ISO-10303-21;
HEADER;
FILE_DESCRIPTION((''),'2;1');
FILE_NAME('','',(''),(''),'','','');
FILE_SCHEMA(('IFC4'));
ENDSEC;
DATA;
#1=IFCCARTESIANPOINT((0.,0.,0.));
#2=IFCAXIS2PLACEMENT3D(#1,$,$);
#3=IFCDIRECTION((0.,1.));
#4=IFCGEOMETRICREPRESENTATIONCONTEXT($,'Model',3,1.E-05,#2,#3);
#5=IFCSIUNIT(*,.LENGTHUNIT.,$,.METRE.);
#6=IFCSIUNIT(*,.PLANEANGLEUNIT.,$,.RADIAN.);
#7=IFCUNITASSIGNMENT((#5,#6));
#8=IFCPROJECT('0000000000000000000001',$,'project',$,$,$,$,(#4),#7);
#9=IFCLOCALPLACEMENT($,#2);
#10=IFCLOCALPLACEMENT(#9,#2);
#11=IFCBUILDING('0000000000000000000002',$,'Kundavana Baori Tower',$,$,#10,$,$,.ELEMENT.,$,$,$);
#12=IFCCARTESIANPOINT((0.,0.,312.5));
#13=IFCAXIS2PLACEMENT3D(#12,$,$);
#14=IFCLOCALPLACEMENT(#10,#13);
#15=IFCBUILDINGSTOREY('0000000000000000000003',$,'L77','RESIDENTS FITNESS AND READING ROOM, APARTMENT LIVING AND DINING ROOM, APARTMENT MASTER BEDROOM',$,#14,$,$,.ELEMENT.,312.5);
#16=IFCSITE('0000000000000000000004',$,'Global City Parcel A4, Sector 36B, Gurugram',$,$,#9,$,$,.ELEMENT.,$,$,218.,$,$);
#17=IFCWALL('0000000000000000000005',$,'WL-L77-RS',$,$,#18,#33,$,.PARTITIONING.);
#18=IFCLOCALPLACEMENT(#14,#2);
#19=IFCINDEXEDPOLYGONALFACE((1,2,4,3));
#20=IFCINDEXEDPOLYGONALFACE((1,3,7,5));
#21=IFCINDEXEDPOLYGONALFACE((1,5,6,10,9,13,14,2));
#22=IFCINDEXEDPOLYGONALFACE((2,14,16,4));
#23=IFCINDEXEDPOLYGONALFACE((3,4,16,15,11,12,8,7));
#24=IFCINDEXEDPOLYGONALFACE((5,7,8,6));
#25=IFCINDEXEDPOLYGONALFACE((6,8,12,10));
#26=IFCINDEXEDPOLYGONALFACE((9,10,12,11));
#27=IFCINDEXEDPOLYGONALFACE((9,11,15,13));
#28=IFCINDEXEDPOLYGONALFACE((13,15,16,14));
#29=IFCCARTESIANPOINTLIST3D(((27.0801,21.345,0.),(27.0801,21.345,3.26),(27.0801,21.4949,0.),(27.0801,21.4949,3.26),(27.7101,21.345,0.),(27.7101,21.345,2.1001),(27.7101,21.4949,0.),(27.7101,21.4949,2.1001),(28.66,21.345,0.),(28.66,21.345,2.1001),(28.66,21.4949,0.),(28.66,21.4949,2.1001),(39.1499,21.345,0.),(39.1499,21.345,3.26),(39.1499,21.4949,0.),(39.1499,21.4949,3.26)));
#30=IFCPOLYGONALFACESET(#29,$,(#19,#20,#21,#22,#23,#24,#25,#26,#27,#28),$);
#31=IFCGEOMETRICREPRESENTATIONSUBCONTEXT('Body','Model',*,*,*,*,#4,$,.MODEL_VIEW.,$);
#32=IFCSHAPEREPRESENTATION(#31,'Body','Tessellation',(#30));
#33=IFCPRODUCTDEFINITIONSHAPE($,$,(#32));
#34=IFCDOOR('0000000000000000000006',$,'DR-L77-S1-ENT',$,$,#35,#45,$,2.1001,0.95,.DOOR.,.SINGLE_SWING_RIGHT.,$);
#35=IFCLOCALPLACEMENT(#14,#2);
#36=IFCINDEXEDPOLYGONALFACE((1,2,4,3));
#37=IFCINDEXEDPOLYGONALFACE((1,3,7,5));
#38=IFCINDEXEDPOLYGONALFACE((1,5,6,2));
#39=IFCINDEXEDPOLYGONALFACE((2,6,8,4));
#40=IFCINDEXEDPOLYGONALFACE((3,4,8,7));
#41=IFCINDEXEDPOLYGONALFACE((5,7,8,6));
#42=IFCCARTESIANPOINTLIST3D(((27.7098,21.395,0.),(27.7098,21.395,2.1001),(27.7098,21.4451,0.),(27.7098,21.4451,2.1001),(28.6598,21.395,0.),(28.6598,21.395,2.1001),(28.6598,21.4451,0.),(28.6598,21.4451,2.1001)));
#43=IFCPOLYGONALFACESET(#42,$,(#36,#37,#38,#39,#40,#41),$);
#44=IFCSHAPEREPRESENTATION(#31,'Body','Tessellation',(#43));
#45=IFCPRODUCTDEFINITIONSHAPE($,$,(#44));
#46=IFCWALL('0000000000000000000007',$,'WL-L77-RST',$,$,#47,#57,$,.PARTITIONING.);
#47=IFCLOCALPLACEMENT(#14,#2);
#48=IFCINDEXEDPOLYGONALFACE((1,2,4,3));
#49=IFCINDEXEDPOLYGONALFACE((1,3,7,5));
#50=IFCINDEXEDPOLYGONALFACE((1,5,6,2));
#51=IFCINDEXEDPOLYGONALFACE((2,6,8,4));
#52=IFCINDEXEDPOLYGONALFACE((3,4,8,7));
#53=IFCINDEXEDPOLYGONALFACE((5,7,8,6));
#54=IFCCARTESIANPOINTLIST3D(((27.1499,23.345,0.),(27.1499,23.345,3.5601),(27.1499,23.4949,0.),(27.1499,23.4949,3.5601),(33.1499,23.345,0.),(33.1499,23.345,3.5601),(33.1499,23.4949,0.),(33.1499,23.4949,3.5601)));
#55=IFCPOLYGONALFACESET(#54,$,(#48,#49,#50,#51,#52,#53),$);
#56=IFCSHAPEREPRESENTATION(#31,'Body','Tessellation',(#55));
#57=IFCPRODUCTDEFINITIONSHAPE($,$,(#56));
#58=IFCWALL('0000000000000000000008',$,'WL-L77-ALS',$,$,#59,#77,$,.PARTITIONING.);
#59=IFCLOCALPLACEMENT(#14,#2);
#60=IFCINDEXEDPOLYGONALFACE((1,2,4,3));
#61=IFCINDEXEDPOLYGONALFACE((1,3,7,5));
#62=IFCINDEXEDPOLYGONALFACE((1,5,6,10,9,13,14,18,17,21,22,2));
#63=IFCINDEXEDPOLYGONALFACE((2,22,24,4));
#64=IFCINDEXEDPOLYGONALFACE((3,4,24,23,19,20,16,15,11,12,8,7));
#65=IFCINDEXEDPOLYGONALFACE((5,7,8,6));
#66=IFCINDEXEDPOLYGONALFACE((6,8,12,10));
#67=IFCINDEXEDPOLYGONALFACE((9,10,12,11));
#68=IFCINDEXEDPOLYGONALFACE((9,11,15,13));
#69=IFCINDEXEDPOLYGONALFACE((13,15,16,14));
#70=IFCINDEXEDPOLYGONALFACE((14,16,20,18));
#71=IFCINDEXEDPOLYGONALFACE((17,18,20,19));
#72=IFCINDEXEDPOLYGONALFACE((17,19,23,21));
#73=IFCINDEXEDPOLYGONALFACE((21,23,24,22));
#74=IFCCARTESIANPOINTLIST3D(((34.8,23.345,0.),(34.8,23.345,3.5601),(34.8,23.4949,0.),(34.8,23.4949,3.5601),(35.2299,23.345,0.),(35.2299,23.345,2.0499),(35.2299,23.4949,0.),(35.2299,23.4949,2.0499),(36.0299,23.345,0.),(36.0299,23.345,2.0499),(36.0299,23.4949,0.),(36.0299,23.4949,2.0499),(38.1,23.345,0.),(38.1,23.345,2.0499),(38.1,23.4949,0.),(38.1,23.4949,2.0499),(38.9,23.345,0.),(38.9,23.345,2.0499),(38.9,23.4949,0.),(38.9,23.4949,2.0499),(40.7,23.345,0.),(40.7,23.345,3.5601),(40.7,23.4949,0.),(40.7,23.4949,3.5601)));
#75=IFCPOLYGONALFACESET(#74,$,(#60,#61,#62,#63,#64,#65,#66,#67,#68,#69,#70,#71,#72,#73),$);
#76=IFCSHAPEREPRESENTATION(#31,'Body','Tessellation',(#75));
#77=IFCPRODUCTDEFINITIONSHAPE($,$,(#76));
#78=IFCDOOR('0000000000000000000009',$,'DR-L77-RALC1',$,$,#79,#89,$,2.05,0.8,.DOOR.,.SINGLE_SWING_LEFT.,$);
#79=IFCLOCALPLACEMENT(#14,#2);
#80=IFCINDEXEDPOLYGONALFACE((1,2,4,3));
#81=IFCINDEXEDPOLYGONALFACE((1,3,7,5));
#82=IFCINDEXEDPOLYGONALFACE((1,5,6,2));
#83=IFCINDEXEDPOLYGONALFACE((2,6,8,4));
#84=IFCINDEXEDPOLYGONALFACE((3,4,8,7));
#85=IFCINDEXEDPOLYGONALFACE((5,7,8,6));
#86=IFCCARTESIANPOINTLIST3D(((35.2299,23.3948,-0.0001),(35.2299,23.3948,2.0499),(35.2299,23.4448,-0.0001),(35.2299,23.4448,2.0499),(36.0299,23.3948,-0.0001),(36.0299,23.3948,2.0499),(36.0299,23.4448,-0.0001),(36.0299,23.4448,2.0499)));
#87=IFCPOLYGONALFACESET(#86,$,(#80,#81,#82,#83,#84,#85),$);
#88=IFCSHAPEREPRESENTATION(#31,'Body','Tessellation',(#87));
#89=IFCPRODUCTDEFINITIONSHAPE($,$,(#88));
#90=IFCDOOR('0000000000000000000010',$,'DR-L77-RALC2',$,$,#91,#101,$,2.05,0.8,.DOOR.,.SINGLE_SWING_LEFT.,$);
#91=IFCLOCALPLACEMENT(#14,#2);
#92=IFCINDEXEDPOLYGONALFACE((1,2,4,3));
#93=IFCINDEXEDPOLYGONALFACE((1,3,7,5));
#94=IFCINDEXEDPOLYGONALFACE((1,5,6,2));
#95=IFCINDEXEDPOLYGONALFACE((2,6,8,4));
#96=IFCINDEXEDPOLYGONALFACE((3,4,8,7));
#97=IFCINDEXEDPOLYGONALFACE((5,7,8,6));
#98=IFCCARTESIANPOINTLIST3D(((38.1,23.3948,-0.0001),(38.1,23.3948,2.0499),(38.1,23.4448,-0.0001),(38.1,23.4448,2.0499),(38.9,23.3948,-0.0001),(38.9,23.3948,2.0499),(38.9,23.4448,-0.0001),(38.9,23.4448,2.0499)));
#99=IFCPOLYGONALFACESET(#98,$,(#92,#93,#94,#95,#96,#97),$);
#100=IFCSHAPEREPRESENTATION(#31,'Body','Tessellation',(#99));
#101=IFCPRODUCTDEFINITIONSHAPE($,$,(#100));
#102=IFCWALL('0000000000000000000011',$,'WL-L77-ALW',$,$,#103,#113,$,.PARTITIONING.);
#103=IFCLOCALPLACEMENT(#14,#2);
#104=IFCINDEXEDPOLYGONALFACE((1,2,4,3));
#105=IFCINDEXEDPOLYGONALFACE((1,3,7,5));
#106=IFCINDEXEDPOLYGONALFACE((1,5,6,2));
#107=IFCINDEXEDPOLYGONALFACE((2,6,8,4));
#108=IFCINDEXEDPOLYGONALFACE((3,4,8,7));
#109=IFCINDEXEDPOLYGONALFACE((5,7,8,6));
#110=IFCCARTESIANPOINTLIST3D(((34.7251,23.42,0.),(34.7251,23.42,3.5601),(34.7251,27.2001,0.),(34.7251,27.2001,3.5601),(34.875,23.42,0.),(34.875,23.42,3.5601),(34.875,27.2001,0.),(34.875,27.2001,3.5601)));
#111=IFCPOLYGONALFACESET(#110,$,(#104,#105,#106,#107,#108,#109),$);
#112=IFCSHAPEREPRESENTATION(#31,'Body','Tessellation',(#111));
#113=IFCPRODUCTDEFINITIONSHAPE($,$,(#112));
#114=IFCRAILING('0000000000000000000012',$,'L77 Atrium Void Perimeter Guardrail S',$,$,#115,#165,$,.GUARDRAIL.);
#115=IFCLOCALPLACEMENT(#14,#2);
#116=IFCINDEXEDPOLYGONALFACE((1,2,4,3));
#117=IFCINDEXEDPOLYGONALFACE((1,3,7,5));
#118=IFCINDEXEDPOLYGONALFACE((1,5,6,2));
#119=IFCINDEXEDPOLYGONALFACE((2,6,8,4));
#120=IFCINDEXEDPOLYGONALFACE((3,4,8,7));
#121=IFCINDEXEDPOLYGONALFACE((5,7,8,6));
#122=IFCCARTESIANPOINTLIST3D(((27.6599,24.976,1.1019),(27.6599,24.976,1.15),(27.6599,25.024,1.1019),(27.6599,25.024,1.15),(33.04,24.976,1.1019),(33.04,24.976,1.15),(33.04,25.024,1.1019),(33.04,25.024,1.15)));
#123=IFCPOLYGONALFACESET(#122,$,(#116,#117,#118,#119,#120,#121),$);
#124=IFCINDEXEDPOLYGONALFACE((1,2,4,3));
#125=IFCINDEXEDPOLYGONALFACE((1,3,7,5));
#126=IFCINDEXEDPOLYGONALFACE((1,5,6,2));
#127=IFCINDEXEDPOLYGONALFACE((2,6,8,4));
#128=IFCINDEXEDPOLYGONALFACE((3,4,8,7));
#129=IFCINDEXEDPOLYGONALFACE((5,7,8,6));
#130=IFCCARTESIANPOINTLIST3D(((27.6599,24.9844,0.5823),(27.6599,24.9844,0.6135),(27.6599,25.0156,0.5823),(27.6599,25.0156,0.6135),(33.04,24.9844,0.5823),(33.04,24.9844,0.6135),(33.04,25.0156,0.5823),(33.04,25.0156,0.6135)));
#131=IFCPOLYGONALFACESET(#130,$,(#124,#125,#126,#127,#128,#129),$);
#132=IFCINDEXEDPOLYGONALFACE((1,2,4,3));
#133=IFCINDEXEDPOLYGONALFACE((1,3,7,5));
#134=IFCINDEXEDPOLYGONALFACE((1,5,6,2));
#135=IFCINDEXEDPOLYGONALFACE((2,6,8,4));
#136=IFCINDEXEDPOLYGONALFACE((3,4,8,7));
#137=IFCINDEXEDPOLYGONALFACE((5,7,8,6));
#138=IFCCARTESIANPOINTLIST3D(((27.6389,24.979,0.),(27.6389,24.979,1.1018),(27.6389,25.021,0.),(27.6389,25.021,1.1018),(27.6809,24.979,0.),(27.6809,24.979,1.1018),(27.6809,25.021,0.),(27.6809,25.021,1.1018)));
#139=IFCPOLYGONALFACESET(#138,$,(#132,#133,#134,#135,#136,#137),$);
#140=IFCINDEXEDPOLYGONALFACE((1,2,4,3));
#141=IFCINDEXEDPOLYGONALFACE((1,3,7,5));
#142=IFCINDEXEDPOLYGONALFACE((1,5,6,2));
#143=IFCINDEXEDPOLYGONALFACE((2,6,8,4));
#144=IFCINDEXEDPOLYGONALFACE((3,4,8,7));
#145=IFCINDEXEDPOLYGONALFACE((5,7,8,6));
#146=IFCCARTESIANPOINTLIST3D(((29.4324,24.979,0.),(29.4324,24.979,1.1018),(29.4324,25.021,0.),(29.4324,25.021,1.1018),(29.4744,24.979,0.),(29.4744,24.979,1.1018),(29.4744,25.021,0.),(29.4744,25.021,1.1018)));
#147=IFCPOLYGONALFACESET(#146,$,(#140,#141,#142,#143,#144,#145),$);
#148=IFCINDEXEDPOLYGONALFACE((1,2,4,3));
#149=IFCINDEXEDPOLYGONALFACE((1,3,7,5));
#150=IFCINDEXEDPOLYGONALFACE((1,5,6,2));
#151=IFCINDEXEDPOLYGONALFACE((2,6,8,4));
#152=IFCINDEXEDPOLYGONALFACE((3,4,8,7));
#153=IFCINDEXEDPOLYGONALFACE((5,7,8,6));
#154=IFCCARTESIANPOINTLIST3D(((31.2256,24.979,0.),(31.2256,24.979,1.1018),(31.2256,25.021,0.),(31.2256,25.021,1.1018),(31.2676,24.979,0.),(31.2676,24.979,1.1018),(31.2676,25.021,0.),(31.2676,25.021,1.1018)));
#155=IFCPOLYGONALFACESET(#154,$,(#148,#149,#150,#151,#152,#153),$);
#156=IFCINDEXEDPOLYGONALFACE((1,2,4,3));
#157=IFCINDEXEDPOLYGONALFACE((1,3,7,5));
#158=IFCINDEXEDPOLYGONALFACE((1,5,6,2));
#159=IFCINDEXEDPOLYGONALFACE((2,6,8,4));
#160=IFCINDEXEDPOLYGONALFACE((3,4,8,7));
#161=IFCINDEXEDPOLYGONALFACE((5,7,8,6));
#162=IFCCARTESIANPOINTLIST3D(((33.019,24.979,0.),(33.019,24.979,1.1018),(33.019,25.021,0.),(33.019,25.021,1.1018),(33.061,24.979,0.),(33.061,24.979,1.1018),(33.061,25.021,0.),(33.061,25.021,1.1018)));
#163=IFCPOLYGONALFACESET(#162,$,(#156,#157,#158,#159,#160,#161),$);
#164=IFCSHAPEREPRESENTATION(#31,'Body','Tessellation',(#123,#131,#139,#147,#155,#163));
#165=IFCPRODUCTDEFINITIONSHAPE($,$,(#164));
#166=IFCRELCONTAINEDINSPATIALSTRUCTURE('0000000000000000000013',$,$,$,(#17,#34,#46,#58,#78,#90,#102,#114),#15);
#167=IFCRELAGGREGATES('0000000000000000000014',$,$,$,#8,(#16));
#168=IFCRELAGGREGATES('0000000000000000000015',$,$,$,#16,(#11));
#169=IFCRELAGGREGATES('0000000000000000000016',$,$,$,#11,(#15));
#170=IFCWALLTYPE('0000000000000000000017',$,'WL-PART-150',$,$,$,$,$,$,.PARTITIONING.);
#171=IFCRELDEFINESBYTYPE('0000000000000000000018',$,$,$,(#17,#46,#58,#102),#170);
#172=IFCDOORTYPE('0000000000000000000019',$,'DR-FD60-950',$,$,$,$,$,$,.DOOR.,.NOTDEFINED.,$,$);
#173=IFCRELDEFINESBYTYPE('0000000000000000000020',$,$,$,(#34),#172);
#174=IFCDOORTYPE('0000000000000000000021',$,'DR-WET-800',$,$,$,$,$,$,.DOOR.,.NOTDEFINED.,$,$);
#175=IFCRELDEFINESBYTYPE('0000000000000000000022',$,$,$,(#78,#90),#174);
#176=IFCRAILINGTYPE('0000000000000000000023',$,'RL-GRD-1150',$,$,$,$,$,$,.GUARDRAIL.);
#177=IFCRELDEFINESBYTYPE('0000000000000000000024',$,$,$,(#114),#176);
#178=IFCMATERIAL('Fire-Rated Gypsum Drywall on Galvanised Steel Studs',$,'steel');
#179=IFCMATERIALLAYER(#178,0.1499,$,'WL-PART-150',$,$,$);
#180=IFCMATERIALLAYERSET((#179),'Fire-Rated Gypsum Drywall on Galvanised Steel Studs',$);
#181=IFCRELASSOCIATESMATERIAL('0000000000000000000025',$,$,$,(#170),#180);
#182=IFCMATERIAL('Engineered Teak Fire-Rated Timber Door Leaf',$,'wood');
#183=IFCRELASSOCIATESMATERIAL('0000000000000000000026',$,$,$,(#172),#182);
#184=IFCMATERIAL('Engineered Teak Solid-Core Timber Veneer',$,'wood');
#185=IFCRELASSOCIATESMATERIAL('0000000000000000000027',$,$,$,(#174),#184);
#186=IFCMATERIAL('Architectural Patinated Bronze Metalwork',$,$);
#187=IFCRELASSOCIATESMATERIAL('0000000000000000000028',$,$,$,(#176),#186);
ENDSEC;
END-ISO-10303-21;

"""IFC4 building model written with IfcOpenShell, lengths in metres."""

from ifc_helpers import new_model, si_unit, direction, frame, frame_2d, origin, origin_2d, place, context, subcontext, project, spatial, rectangle, extrude, material, layer, layer_set, type_object, element, fill, save


model = new_model("IFC4")

# Units and contexts
model_context = context("Model", 3, precision=1e-05, world=origin(), true_north=direction((0.0, 1.0)))
body_context = subcontext(model_context, "Body", "Model", "MODEL_VIEW")
ifc_project = project(units=[si_unit("LENGTHUNIT", "METRE"), si_unit("PLANEANGLEUNIT", "RADIAN")], contexts=[model_context])

# Site, building, storey
site_placement = place(None, origin())
site = spatial("IfcSite", under=ifc_project, at=site_placement, Name="Global City Parcel A4, Sector 36B, Gurugram", CompositionType="ELEMENT", RefElevation=218.0)
building_placement = place(site_placement, origin())
building = spatial("IfcBuilding", under=site, at=building_placement, Name="Kundavana Baori Tower", CompositionType="ELEMENT")
storey_placement = place(building_placement, frame((0.0, 0.0, 312.5)))
storey = spatial("IfcBuildingStorey", under=building, at=storey_placement, Name="L77", Description="RESIDENTS FITNESS AND READING ROOM, APARTMENT LIVING AND DINING ROOM, APARTMENT MASTER BEDROOM", CompositionType="ELEMENT", Elevation=312.5)

# Wall, opening, door
ifc_material_1 = material(Name="Fire-Rated Gypsum Drywall on Galvanised Steel Studs", Category="steel")
ifc_layer = layer(ifc_material_1, 0.1499, Name="WL-PART-150")
ifc_layer_set = layer_set([ifc_layer], Name="Fire-Rated Gypsum Drywall on Galvanised Steel Studs")
wall_type = type_object("IfcWallType", Name="WL-PART-150", PredefinedType="PARTITIONING", material=ifc_layer_set)
wall_1_placement = place(storey_placement, frame((27.0801, 21.4199, 0.0), z_axis=(0.0, 0.0, 1.0), x_axis=(1.0, 0.0, 0.0)))
wall_1 = element("IfcWall", 1, at=wall_1_placement, inside=storey, type_object=wall_type, Name="WL-L77-RS", PredefinedType="PARTITIONING", context=body_context, shape_type="SweptSolid", body=[
    extrude(rectangle(XDim=12.0698, YDim=0.1499, at=frame_2d((6.0349, 0.0))), origin(), (0.0, 0.0, 1.0), 3.26),
])
opening_1_placement = place(wall_1_placement, frame((0.6299, 0.0, 0.0)))
opening_1 = element("IfcOpeningElement", 2, at=opening_1_placement, cuts=wall_1, PredefinedType="OPENING", context=body_context, shape_type="SweptSolid", body=[
    extrude(rectangle(XDim=0.95, YDim=2.1001, at=frame_2d((0.4751, 1.05))), frame((0.0, 0.085, 0.0), z_axis=(0.0, -1.0, 0.0), x_axis=(1.0, 0.0, 0.0)), (0.0, 0.0, 1.0), 0.1699),
])
ifc_material_2 = material(Name="Engineered Teak Fire-Rated Timber Door Leaf", Category="wood")
door_type_1 = type_object("IfcDoorType", Name="DR-FD60-950", OperationType="NOTDEFINED", PredefinedType="DOOR", material=ifc_material_2)
door_1_placement = place(opening_1_placement, frame((0.95, 0.0, 0.0), z_axis=(0.0, 0.0, 1.0), x_axis=(-1.0, 0.0, 0.0)))
door_1 = element("IfcDoor", 3, at=door_1_placement, inside=storey, type_object=door_type_1, Name="DR-L77-S1-ENT", OperationType="SINGLE_SWING_RIGHT", OverallHeight=2.1001, OverallWidth=0.95, PredefinedType="DOOR", context=body_context, shape_type="SweptSolid", body=[
    extrude(rectangle(XDim=0.95, YDim=2.1001, at=frame_2d((0.4751, 1.05))), frame((0.0, 0.0249, 0.0), z_axis=(0.0, -1.0, 0.0), x_axis=(1.0, 0.0, 0.0)), (0.0, 0.0, 1.0), 0.05),
])
fill(opening_1, door_1)

# Wall
wall_2_placement = place(storey_placement, frame((27.1499, 23.4199, 0.0), z_axis=(0.0, 0.0, 1.0), x_axis=(1.0, 0.0, 0.0)))
element("IfcWall", 4, at=wall_2_placement, inside=storey, type_object=wall_type, Name="WL-L77-RST", PredefinedType="PARTITIONING", context=body_context, shape_type="SweptSolid", body=[
    extrude(rectangle(XDim=6.0, YDim=0.1499, at=frame_2d((3.0, 0.0))), origin(), (0.0, 0.0, 1.0), 3.5601),
])

# Wall, openings, doors
wall_3_placement = place(storey_placement, frame((34.8, 23.4199, 0.0), z_axis=(0.0, 0.0, 1.0), x_axis=(1.0, 0.0, 0.0)))
wall_3 = element("IfcWall", 5, at=wall_3_placement, inside=storey, type_object=wall_type, Name="WL-L77-ALS", PredefinedType="PARTITIONING", context=body_context, shape_type="SweptSolid", body=[
    extrude(rectangle(XDim=5.8999, YDim=0.1499, at=frame_2d((2.95, 0.0))), origin(), (0.0, 0.0, 1.0), 3.5601),
])
opening_2_placement = place(wall_3_placement, frame((0.4299, 0.0, 0.0)))
opening_2 = element("IfcOpeningElement", 6, at=opening_2_placement, cuts=wall_3, PredefinedType="OPENING", context=body_context, shape_type="SweptSolid", body=[
    extrude(rectangle(XDim=0.8, YDim=2.05, at=frame_2d((0.3999, 1.0249))), frame((0.0, 0.085, 0.0), z_axis=(0.0, -1.0, 0.0), x_axis=(1.0, 0.0, 0.0)), (0.0, 0.0, 1.0), 0.1699),
])
opening_3_placement = place(wall_3_placement, frame((3.3, 0.0, 0.0)))
opening_3 = element("IfcOpeningElement", 7, at=opening_3_placement, cuts=wall_3, PredefinedType="OPENING", context=body_context, shape_type="SweptSolid", body=[
    extrude(rectangle(XDim=0.8, YDim=2.05, at=frame_2d((0.3999, 1.0249))), frame((0.0, 0.085, 0.0), z_axis=(0.0, -1.0, 0.0), x_axis=(1.0, 0.0, 0.0)), (0.0, 0.0, 1.0), 0.1699),
])
ifc_material_3 = material(Name="Engineered Teak Solid-Core Timber Veneer", Category="wood")
door_type_2 = type_object("IfcDoorType", Name="DR-WET-800", OperationType="NOTDEFINED", PredefinedType="DOOR", material=ifc_material_3)
door_2_placement = place(opening_2_placement, origin())
door_2 = element("IfcDoor", 8, at=door_2_placement, inside=storey, type_object=door_type_2, Name="DR-L77-RALC1", OperationType="SINGLE_SWING_LEFT", OverallHeight=2.05, OverallWidth=0.8, PredefinedType="DOOR", context=body_context, shape_type="SweptSolid", body=[
    extrude(rectangle(XDim=0.8, YDim=2.05, at=frame_2d((0.3999, 1.0249))), frame((0.0, 0.0249, 0.0), z_axis=(0.0, -1.0, 0.0), x_axis=(1.0, 0.0, 0.0)), (0.0, 0.0, 1.0), 0.05),
])
fill(opening_2, door_2)
door_3_placement = place(opening_3_placement, origin())
door_3 = element("IfcDoor", 9, at=door_3_placement, inside=storey, type_object=door_type_2, Name="DR-L77-RALC2", OperationType="SINGLE_SWING_LEFT", OverallHeight=2.05, OverallWidth=0.8, PredefinedType="DOOR", context=body_context, shape_type="SweptSolid", body=[
    extrude(rectangle(XDim=0.8, YDim=2.05, at=frame_2d((0.3999, 1.0249))), frame((0.0, 0.0249, 0.0), z_axis=(0.0, -1.0, 0.0), x_axis=(1.0, 0.0, 0.0)), (0.0, 0.0, 1.0), 0.05),
])
fill(opening_3, door_3)

# Wall
wall_4_placement = place(storey_placement, frame((34.8, 23.4199, 0.0), z_axis=(0.0, 0.0, 1.0), x_axis=(0.0, 1.0, 0.0)))
element("IfcWall", 10, at=wall_4_placement, inside=storey, type_object=wall_type, Name="WL-L77-ALW", PredefinedType="PARTITIONING", context=body_context, shape_type="SweptSolid", body=[
    extrude(rectangle(XDim=3.78, YDim=0.1499, at=frame_2d((1.8901, 0.0))), origin(), (0.0, 0.0, 1.0), 3.5601),
])

# Railing
ifc_material_4 = material(Name="Architectural Patinated Bronze Metalwork")
railing_type = type_object("IfcRailingType", Name="RL-GRD-1150", PredefinedType="GUARDRAIL", material=ifc_material_4)
railing_1_placement = place(storey_placement, frame((27.6599, 25.0, 0.0)))
element("IfcRailing", 11, at=railing_1_placement, inside=storey, type_object=railing_type, Name="L77 Atrium Void Perimeter Guardrail S", PredefinedType="GUARDRAIL", context=body_context, shape_type="SweptSolid", body=[
    extrude(rectangle(XDim=0.0481, YDim=0.0481, at=origin_2d()), frame((0.0, 0.0, 1.126), z_axis=(1.0, 0.0, 0.0), x_axis=(0.0, 1.0, 0.0)), (0.0, 0.0, 1.0), 5.3801),
    extrude(rectangle(XDim=0.0312, YDim=0.0312, at=origin_2d()), frame((0.0, 0.0, 0.5979), z_axis=(1.0, 0.0, 0.0), x_axis=(0.0, 1.0, 0.0)), (0.0, 0.0, 1.0), 5.3801),
    extrude(rectangle(XDim=0.042, YDim=0.042, at=origin_2d()), origin(), (0.0, 0.0, 1.0), 1.1018),
    extrude(rectangle(XDim=0.042, YDim=0.042, at=origin_2d()), frame((1.7935, 0.0, 0.0)), (0.0, 0.0, 1.0), 1.1018),
    extrude(rectangle(XDim=0.042, YDim=0.042, at=origin_2d()), frame((3.5867, 0.0, 0.0)), (0.0, 0.0, 1.0), 1.1018),
    extrude(rectangle(XDim=0.042, YDim=0.042, at=origin_2d()), frame((5.3801, 0.0, 0.0)), (0.0, 0.0, 1.0), 1.1018),
])

save(model, "model.ifc")
